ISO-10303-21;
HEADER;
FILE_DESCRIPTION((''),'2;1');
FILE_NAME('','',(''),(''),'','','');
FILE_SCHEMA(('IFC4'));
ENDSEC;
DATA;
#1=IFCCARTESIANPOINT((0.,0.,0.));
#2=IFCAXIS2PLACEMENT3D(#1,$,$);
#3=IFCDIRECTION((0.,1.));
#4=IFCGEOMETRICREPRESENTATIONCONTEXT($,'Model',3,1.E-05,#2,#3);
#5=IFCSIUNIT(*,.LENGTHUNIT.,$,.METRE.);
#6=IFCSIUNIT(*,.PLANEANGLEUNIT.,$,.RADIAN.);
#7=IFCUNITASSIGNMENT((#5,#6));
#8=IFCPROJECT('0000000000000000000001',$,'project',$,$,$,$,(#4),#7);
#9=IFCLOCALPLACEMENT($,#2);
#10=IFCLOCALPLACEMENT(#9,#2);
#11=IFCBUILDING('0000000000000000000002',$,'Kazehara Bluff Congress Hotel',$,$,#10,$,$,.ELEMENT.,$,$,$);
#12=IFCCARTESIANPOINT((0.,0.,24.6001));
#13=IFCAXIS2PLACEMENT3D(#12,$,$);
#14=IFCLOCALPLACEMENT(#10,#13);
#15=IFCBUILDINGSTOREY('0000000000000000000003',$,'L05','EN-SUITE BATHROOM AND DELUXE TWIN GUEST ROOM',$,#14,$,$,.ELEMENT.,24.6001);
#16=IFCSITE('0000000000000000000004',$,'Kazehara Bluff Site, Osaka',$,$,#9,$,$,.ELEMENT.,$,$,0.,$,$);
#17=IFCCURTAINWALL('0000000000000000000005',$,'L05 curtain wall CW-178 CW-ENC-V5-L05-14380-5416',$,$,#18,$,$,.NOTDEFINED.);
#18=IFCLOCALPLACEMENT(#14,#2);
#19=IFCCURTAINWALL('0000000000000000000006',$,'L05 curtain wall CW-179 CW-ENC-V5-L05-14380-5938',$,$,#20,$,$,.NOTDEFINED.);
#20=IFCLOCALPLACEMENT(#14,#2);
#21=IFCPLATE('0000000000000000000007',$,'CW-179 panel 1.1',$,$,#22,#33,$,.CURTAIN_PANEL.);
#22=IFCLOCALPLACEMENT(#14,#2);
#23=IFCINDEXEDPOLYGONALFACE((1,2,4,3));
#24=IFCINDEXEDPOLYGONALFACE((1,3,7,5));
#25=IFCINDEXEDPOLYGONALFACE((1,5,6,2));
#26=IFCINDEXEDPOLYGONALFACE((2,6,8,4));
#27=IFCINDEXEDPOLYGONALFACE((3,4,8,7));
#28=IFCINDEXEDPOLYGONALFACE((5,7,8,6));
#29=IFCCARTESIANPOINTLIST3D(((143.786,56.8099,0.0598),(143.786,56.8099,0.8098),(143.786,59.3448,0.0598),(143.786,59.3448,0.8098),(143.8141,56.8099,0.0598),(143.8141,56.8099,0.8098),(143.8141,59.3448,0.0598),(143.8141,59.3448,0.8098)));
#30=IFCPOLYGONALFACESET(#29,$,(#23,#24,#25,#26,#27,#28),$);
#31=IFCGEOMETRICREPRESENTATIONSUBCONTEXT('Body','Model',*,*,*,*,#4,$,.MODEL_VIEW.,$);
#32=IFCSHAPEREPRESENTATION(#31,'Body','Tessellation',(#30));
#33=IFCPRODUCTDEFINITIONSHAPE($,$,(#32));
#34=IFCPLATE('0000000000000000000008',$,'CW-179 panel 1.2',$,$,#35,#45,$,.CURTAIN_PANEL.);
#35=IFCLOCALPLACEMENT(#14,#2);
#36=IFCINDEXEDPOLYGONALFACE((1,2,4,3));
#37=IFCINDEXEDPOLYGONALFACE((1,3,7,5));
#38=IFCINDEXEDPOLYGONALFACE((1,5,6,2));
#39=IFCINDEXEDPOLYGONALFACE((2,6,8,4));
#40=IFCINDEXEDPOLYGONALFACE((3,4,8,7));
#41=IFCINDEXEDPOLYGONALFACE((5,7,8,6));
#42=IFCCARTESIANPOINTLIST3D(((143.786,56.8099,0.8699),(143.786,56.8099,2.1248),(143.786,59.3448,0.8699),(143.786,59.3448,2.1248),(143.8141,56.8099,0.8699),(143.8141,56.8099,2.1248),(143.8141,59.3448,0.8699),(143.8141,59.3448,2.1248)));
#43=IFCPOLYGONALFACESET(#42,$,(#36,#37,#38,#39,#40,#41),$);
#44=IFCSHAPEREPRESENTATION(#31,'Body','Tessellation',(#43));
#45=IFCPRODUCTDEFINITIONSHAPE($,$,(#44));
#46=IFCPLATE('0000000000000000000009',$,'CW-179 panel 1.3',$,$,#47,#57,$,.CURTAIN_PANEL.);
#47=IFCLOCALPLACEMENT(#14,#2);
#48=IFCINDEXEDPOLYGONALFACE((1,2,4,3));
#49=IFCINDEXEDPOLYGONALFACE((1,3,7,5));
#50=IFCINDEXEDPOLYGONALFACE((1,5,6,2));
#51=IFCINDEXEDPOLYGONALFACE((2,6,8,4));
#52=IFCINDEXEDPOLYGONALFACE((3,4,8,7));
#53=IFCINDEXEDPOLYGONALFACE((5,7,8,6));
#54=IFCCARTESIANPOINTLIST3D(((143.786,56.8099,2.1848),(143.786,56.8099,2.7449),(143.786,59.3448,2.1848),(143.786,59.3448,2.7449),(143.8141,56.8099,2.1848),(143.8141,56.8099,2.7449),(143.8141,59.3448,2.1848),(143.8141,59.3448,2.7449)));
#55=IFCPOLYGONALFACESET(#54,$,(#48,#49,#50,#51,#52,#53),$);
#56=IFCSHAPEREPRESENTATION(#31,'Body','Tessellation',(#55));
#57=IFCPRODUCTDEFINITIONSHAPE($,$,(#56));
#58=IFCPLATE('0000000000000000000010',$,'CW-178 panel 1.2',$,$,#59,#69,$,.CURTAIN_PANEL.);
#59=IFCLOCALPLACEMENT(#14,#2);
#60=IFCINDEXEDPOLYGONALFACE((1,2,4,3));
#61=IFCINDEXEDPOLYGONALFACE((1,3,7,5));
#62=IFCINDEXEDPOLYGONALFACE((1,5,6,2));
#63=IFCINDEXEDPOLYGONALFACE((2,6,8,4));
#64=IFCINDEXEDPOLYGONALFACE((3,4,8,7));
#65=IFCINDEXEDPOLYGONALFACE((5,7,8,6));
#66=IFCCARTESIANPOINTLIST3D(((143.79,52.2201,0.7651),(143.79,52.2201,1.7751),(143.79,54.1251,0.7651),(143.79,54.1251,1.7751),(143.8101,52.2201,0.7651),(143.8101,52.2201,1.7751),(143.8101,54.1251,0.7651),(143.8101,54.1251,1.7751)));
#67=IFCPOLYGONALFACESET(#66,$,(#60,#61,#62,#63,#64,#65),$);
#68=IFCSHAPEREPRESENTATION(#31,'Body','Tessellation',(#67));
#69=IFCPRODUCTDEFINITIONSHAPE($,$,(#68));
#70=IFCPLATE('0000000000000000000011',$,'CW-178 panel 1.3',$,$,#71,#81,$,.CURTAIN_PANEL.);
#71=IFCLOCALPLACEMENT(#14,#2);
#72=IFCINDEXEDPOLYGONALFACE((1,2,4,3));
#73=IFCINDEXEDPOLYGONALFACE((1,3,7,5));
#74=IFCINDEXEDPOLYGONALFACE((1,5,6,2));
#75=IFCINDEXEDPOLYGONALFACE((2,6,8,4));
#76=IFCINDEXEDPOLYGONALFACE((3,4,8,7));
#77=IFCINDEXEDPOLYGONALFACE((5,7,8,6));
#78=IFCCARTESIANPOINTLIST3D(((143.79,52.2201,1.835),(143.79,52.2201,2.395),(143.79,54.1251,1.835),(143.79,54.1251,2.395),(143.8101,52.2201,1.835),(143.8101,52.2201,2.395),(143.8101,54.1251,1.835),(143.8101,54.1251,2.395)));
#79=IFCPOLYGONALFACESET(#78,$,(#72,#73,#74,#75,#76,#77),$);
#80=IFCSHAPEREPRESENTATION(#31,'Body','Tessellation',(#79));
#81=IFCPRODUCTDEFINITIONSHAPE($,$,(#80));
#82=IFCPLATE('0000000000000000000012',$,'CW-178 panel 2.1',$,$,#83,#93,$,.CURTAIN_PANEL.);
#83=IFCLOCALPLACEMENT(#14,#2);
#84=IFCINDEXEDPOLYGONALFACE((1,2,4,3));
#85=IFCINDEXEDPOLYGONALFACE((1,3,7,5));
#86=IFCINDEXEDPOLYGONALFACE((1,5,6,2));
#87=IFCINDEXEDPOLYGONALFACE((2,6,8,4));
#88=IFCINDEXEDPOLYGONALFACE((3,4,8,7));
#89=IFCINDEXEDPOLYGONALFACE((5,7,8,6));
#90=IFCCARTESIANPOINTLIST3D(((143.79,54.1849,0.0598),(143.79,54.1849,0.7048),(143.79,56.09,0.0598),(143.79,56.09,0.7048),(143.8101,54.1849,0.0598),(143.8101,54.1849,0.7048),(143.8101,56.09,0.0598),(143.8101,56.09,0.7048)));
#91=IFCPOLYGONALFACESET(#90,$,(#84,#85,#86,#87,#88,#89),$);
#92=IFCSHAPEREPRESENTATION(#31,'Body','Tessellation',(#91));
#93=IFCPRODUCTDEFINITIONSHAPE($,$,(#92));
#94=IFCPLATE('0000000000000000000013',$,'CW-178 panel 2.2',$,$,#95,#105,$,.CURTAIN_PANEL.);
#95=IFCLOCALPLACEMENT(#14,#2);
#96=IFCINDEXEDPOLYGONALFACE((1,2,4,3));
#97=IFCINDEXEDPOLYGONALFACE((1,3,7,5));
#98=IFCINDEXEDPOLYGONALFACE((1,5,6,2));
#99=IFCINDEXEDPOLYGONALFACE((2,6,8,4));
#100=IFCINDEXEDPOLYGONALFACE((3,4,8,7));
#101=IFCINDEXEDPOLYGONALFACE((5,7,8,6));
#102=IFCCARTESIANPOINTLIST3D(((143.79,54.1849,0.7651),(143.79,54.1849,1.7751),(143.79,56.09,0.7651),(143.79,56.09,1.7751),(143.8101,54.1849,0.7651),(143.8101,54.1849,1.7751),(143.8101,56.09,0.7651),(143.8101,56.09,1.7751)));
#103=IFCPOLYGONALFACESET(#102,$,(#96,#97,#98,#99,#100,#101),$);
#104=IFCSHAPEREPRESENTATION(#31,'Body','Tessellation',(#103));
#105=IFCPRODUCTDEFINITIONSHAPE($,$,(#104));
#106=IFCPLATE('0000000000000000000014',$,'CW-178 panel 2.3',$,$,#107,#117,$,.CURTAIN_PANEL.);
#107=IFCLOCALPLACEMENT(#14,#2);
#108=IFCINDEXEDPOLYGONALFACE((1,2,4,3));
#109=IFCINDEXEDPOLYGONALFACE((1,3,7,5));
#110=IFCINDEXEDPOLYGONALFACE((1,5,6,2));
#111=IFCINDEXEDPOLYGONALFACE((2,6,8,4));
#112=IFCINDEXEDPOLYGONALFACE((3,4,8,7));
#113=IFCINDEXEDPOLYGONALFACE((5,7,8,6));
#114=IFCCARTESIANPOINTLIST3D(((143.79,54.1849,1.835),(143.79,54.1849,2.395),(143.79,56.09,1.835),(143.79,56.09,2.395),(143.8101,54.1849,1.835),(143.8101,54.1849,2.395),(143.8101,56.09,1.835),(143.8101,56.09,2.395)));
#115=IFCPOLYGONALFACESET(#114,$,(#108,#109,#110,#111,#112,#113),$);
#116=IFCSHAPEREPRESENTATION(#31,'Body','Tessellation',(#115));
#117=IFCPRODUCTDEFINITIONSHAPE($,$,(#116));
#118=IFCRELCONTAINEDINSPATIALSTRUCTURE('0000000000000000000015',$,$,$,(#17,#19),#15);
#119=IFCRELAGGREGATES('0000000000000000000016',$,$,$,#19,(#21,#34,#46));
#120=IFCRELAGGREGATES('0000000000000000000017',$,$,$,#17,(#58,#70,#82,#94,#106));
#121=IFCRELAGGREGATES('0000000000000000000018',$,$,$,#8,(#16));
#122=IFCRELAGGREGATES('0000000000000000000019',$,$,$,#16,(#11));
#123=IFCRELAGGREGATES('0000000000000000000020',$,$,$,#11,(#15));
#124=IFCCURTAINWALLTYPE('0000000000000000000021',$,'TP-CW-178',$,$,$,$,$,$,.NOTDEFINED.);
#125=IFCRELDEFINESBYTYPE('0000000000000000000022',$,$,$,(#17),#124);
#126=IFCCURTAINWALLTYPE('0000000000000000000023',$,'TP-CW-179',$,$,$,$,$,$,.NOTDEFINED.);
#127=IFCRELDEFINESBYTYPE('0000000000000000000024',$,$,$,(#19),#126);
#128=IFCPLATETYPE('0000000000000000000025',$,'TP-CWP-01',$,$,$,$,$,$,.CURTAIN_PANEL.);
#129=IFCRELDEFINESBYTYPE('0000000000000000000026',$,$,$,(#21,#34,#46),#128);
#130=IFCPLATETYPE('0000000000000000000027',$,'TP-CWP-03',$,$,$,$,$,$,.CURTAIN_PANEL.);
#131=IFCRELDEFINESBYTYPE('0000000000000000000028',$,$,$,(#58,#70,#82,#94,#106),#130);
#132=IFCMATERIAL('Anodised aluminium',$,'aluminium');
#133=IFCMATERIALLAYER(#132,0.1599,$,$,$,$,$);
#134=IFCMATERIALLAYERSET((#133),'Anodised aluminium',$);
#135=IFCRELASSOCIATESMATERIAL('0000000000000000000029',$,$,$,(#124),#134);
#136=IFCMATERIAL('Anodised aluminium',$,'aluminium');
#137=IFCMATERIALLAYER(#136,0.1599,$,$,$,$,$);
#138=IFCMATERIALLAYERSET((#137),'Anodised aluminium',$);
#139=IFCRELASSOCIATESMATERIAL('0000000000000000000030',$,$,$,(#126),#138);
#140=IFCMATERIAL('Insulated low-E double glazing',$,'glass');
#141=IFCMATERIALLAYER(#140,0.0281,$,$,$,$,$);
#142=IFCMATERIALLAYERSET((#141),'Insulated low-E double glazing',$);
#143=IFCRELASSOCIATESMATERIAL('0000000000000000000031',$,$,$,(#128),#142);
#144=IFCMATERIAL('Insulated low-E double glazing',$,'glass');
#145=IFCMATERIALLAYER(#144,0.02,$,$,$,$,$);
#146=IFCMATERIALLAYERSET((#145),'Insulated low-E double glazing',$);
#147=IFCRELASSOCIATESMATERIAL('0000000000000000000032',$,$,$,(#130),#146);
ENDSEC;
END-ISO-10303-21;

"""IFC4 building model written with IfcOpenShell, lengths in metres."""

from ifc_helpers import new_model, si_unit, direction, frame, origin, origin_2d, place, context, subcontext, project, spatial, rectangle, extrude, material, layer, layer_set, type_object, element, aggregate, save


model = new_model("IFC4")

# Units and contexts
model_context = context("Model", 3, precision=1e-05, world=origin(), true_north=direction((0.0, 1.0)))
body_context = subcontext(model_context, "Body", "Model", "MODEL_VIEW")
ifc_project = project(units=[si_unit("LENGTHUNIT", "METRE"), si_unit("PLANEANGLEUNIT", "RADIAN")], contexts=[model_context])

# Site, building, storey
site_placement = place(None, origin())
site = spatial("IfcSite", under=ifc_project, at=site_placement, Name="Kazehara Bluff Site, Osaka", CompositionType="ELEMENT", RefElevation=0.0)
building_placement = place(site_placement, origin())
building = spatial("IfcBuilding", under=site, at=building_placement, Name="Kazehara Bluff Congress Hotel", CompositionType="ELEMENT")
storey_placement = place(building_placement, frame((0.0, 0.0, 24.6001)))
storey = spatial("IfcBuildingStorey", under=building, at=storey_placement, Name="L05", Description="EN-SUITE BATHROOM AND DELUXE TWIN GUEST ROOM", CompositionType="ELEMENT", Elevation=24.6001)

# Curtain walls
ifc_material_1 = material(Name="Anodised aluminium", Category="aluminium")
ifc_layer_1 = layer(ifc_material_1, 0.1599)
ifc_layer_set_1 = layer_set([ifc_layer_1], Name="Anodised aluminium")
curtain_wall_type_1 = type_object("IfcCurtainWallType", Name="TP-CW-178", PredefinedType="NOTDEFINED", material=ifc_layer_set_1)
curtain_wall_1_placement = place(storey_placement, origin())
curtain_wall_1 = element("IfcCurtainWall", 1, at=curtain_wall_1_placement, inside=storey, type_object=curtain_wall_type_1, Name="L05 curtain wall CW-178 CW-ENC-V5-L05-14380-5416", PredefinedType="NOTDEFINED")
ifc_material_2 = material(Name="Anodised aluminium", Category="aluminium")
ifc_layer_2 = layer(ifc_material_2, 0.1599)
ifc_layer_set_2 = layer_set([ifc_layer_2], Name="Anodised aluminium")
curtain_wall_type_2 = type_object("IfcCurtainWallType", Name="TP-CW-179", PredefinedType="NOTDEFINED", material=ifc_layer_set_2)
curtain_wall_2_placement = place(storey_placement, origin())
curtain_wall_2 = element("IfcCurtainWall", 2, at=curtain_wall_2_placement, inside=storey, type_object=curtain_wall_type_2, Name="L05 curtain wall CW-179 CW-ENC-V5-L05-14380-5938", PredefinedType="NOTDEFINED")

# Plates
ifc_material_3 = material(Name="Insulated low-E double glazing", Category="glass")
ifc_layer_3 = layer(ifc_material_3, 0.0281)
ifc_layer_set_3 = layer_set([ifc_layer_3], Name="Insulated low-E double glazing")
plate_type_1 = type_object("IfcPlateType", Name="TP-CWP-01", PredefinedType="CURTAIN_PANEL", material=ifc_layer_set_3)
plate_1_placement = place(storey_placement, frame((143.8, 58.0774, 0.0598), z_axis=(0.0, 0.0, 1.0), x_axis=(0.0, 1.0, 0.0)))
plate_1 = element("IfcPlate", 3, at=plate_1_placement, type_object=plate_type_1, Name="CW-179 panel 1.1", PredefinedType="CURTAIN_PANEL", context=body_context, shape_type="SweptSolid", body=[
    extrude(rectangle(XDim=2.5349, YDim=0.0281, at=origin_2d()), origin(), (0.0, 0.0, 1.0), 0.75),
])
plate_2_placement = place(storey_placement, frame((143.8, 58.0774, 0.8699), z_axis=(0.0, 0.0, 1.0), x_axis=(0.0, 1.0, 0.0)))
plate_2 = element("IfcPlate", 4, at=plate_2_placement, type_object=plate_type_1, Name="CW-179 panel 1.2", PredefinedType="CURTAIN_PANEL", context=body_context, shape_type="SweptSolid", body=[
    extrude(rectangle(XDim=2.5349, YDim=0.0281, at=origin_2d()), origin(), (0.0, 0.0, 1.0), 1.2549),
])
plate_3_placement = place(storey_placement, frame((143.8, 58.0774, 2.1848), z_axis=(0.0, 0.0, 1.0), x_axis=(0.0, 1.0, 0.0)))
plate_3 = element("IfcPlate", 5, at=plate_3_placement, type_object=plate_type_1, Name="CW-179 panel 1.3", PredefinedType="CURTAIN_PANEL", context=body_context, shape_type="SweptSolid", body=[
    extrude(rectangle(XDim=2.5349, YDim=0.0281, at=origin_2d()), origin(), (0.0, 0.0, 1.0), 0.5601),
])
aggregate(curtain_wall_2, [plate_1, plate_2, plate_3])
ifc_material_4 = material(Name="Insulated low-E double glazing", Category="glass")
ifc_layer_4 = layer(ifc_material_4, 0.02)
ifc_layer_set_4 = layer_set([ifc_layer_4], Name="Insulated low-E double glazing")
plate_type_2 = type_object("IfcPlateType", Name="TP-CWP-03", PredefinedType="CURTAIN_PANEL", material=ifc_layer_set_4)
plate_4_placement = place(storey_placement, frame((143.8, 53.1726, 0.7651), z_axis=(0.0, 0.0, 1.0), x_axis=(0.0, 1.0, 0.0)))
plate_4 = element("IfcPlate", 6, at=plate_4_placement, type_object=plate_type_2, Name="CW-178 panel 1.2", PredefinedType="CURTAIN_PANEL", context=body_context, shape_type="SweptSolid", body=[
    extrude(rectangle(XDim=1.905, YDim=0.02, at=origin_2d()), origin(), (0.0, 0.0, 1.0), 1.01),
])
plate_5_placement = place(storey_placement, frame((143.8, 53.1726, 1.835), z_axis=(0.0, 0.0, 1.0), x_axis=(0.0, 1.0, 0.0)))
plate_5 = element("IfcPlate", 7, at=plate_5_placement, type_object=plate_type_2, Name="CW-178 panel 1.3", PredefinedType="CURTAIN_PANEL", context=body_context, shape_type="SweptSolid", body=[
    extrude(rectangle(XDim=1.905, YDim=0.02, at=origin_2d()), origin(), (0.0, 0.0, 1.0), 0.5601),
])
plate_6_placement = place(storey_placement, frame((143.8, 55.1375, 0.0598), z_axis=(0.0, 0.0, 1.0), x_axis=(0.0, 1.0, 0.0)))
plate_6 = element("IfcPlate", 8, at=plate_6_placement, type_object=plate_type_2, Name="CW-178 panel 2.1", PredefinedType="CURTAIN_PANEL", context=body_context, shape_type="SweptSolid", body=[
    extrude(rectangle(XDim=1.905, YDim=0.02, at=origin_2d()), origin(), (0.0, 0.0, 1.0), 0.645),
])
plate_7_placement = place(storey_placement, frame((143.8, 55.1375, 0.7651), z_axis=(0.0, 0.0, 1.0), x_axis=(0.0, 1.0, 0.0)))
plate_7 = element("IfcPlate", 9, at=plate_7_placement, type_object=plate_type_2, Name="CW-178 panel 2.2", PredefinedType="CURTAIN_PANEL", context=body_context, shape_type="SweptSolid", body=[
    extrude(rectangle(XDim=1.905, YDim=0.02, at=origin_2d()), origin(), (0.0, 0.0, 1.0), 1.01),
])
plate_8_placement = place(storey_placement, frame((143.8, 55.1375, 1.835), z_axis=(0.0, 0.0, 1.0), x_axis=(0.0, 1.0, 0.0)))
plate_8 = element("IfcPlate", 10, at=plate_8_placement, type_object=plate_type_2, Name="CW-178 panel 2.3", PredefinedType="CURTAIN_PANEL", context=body_context, shape_type="SweptSolid", body=[
    extrude(rectangle(XDim=1.905, YDim=0.02, at=origin_2d()), origin(), (0.0, 0.0, 1.0), 0.5601),
])
aggregate(curtain_wall_1, [plate_4, plate_5, plate_6, plate_7, plate_8])

save(model, "model.ifc")
